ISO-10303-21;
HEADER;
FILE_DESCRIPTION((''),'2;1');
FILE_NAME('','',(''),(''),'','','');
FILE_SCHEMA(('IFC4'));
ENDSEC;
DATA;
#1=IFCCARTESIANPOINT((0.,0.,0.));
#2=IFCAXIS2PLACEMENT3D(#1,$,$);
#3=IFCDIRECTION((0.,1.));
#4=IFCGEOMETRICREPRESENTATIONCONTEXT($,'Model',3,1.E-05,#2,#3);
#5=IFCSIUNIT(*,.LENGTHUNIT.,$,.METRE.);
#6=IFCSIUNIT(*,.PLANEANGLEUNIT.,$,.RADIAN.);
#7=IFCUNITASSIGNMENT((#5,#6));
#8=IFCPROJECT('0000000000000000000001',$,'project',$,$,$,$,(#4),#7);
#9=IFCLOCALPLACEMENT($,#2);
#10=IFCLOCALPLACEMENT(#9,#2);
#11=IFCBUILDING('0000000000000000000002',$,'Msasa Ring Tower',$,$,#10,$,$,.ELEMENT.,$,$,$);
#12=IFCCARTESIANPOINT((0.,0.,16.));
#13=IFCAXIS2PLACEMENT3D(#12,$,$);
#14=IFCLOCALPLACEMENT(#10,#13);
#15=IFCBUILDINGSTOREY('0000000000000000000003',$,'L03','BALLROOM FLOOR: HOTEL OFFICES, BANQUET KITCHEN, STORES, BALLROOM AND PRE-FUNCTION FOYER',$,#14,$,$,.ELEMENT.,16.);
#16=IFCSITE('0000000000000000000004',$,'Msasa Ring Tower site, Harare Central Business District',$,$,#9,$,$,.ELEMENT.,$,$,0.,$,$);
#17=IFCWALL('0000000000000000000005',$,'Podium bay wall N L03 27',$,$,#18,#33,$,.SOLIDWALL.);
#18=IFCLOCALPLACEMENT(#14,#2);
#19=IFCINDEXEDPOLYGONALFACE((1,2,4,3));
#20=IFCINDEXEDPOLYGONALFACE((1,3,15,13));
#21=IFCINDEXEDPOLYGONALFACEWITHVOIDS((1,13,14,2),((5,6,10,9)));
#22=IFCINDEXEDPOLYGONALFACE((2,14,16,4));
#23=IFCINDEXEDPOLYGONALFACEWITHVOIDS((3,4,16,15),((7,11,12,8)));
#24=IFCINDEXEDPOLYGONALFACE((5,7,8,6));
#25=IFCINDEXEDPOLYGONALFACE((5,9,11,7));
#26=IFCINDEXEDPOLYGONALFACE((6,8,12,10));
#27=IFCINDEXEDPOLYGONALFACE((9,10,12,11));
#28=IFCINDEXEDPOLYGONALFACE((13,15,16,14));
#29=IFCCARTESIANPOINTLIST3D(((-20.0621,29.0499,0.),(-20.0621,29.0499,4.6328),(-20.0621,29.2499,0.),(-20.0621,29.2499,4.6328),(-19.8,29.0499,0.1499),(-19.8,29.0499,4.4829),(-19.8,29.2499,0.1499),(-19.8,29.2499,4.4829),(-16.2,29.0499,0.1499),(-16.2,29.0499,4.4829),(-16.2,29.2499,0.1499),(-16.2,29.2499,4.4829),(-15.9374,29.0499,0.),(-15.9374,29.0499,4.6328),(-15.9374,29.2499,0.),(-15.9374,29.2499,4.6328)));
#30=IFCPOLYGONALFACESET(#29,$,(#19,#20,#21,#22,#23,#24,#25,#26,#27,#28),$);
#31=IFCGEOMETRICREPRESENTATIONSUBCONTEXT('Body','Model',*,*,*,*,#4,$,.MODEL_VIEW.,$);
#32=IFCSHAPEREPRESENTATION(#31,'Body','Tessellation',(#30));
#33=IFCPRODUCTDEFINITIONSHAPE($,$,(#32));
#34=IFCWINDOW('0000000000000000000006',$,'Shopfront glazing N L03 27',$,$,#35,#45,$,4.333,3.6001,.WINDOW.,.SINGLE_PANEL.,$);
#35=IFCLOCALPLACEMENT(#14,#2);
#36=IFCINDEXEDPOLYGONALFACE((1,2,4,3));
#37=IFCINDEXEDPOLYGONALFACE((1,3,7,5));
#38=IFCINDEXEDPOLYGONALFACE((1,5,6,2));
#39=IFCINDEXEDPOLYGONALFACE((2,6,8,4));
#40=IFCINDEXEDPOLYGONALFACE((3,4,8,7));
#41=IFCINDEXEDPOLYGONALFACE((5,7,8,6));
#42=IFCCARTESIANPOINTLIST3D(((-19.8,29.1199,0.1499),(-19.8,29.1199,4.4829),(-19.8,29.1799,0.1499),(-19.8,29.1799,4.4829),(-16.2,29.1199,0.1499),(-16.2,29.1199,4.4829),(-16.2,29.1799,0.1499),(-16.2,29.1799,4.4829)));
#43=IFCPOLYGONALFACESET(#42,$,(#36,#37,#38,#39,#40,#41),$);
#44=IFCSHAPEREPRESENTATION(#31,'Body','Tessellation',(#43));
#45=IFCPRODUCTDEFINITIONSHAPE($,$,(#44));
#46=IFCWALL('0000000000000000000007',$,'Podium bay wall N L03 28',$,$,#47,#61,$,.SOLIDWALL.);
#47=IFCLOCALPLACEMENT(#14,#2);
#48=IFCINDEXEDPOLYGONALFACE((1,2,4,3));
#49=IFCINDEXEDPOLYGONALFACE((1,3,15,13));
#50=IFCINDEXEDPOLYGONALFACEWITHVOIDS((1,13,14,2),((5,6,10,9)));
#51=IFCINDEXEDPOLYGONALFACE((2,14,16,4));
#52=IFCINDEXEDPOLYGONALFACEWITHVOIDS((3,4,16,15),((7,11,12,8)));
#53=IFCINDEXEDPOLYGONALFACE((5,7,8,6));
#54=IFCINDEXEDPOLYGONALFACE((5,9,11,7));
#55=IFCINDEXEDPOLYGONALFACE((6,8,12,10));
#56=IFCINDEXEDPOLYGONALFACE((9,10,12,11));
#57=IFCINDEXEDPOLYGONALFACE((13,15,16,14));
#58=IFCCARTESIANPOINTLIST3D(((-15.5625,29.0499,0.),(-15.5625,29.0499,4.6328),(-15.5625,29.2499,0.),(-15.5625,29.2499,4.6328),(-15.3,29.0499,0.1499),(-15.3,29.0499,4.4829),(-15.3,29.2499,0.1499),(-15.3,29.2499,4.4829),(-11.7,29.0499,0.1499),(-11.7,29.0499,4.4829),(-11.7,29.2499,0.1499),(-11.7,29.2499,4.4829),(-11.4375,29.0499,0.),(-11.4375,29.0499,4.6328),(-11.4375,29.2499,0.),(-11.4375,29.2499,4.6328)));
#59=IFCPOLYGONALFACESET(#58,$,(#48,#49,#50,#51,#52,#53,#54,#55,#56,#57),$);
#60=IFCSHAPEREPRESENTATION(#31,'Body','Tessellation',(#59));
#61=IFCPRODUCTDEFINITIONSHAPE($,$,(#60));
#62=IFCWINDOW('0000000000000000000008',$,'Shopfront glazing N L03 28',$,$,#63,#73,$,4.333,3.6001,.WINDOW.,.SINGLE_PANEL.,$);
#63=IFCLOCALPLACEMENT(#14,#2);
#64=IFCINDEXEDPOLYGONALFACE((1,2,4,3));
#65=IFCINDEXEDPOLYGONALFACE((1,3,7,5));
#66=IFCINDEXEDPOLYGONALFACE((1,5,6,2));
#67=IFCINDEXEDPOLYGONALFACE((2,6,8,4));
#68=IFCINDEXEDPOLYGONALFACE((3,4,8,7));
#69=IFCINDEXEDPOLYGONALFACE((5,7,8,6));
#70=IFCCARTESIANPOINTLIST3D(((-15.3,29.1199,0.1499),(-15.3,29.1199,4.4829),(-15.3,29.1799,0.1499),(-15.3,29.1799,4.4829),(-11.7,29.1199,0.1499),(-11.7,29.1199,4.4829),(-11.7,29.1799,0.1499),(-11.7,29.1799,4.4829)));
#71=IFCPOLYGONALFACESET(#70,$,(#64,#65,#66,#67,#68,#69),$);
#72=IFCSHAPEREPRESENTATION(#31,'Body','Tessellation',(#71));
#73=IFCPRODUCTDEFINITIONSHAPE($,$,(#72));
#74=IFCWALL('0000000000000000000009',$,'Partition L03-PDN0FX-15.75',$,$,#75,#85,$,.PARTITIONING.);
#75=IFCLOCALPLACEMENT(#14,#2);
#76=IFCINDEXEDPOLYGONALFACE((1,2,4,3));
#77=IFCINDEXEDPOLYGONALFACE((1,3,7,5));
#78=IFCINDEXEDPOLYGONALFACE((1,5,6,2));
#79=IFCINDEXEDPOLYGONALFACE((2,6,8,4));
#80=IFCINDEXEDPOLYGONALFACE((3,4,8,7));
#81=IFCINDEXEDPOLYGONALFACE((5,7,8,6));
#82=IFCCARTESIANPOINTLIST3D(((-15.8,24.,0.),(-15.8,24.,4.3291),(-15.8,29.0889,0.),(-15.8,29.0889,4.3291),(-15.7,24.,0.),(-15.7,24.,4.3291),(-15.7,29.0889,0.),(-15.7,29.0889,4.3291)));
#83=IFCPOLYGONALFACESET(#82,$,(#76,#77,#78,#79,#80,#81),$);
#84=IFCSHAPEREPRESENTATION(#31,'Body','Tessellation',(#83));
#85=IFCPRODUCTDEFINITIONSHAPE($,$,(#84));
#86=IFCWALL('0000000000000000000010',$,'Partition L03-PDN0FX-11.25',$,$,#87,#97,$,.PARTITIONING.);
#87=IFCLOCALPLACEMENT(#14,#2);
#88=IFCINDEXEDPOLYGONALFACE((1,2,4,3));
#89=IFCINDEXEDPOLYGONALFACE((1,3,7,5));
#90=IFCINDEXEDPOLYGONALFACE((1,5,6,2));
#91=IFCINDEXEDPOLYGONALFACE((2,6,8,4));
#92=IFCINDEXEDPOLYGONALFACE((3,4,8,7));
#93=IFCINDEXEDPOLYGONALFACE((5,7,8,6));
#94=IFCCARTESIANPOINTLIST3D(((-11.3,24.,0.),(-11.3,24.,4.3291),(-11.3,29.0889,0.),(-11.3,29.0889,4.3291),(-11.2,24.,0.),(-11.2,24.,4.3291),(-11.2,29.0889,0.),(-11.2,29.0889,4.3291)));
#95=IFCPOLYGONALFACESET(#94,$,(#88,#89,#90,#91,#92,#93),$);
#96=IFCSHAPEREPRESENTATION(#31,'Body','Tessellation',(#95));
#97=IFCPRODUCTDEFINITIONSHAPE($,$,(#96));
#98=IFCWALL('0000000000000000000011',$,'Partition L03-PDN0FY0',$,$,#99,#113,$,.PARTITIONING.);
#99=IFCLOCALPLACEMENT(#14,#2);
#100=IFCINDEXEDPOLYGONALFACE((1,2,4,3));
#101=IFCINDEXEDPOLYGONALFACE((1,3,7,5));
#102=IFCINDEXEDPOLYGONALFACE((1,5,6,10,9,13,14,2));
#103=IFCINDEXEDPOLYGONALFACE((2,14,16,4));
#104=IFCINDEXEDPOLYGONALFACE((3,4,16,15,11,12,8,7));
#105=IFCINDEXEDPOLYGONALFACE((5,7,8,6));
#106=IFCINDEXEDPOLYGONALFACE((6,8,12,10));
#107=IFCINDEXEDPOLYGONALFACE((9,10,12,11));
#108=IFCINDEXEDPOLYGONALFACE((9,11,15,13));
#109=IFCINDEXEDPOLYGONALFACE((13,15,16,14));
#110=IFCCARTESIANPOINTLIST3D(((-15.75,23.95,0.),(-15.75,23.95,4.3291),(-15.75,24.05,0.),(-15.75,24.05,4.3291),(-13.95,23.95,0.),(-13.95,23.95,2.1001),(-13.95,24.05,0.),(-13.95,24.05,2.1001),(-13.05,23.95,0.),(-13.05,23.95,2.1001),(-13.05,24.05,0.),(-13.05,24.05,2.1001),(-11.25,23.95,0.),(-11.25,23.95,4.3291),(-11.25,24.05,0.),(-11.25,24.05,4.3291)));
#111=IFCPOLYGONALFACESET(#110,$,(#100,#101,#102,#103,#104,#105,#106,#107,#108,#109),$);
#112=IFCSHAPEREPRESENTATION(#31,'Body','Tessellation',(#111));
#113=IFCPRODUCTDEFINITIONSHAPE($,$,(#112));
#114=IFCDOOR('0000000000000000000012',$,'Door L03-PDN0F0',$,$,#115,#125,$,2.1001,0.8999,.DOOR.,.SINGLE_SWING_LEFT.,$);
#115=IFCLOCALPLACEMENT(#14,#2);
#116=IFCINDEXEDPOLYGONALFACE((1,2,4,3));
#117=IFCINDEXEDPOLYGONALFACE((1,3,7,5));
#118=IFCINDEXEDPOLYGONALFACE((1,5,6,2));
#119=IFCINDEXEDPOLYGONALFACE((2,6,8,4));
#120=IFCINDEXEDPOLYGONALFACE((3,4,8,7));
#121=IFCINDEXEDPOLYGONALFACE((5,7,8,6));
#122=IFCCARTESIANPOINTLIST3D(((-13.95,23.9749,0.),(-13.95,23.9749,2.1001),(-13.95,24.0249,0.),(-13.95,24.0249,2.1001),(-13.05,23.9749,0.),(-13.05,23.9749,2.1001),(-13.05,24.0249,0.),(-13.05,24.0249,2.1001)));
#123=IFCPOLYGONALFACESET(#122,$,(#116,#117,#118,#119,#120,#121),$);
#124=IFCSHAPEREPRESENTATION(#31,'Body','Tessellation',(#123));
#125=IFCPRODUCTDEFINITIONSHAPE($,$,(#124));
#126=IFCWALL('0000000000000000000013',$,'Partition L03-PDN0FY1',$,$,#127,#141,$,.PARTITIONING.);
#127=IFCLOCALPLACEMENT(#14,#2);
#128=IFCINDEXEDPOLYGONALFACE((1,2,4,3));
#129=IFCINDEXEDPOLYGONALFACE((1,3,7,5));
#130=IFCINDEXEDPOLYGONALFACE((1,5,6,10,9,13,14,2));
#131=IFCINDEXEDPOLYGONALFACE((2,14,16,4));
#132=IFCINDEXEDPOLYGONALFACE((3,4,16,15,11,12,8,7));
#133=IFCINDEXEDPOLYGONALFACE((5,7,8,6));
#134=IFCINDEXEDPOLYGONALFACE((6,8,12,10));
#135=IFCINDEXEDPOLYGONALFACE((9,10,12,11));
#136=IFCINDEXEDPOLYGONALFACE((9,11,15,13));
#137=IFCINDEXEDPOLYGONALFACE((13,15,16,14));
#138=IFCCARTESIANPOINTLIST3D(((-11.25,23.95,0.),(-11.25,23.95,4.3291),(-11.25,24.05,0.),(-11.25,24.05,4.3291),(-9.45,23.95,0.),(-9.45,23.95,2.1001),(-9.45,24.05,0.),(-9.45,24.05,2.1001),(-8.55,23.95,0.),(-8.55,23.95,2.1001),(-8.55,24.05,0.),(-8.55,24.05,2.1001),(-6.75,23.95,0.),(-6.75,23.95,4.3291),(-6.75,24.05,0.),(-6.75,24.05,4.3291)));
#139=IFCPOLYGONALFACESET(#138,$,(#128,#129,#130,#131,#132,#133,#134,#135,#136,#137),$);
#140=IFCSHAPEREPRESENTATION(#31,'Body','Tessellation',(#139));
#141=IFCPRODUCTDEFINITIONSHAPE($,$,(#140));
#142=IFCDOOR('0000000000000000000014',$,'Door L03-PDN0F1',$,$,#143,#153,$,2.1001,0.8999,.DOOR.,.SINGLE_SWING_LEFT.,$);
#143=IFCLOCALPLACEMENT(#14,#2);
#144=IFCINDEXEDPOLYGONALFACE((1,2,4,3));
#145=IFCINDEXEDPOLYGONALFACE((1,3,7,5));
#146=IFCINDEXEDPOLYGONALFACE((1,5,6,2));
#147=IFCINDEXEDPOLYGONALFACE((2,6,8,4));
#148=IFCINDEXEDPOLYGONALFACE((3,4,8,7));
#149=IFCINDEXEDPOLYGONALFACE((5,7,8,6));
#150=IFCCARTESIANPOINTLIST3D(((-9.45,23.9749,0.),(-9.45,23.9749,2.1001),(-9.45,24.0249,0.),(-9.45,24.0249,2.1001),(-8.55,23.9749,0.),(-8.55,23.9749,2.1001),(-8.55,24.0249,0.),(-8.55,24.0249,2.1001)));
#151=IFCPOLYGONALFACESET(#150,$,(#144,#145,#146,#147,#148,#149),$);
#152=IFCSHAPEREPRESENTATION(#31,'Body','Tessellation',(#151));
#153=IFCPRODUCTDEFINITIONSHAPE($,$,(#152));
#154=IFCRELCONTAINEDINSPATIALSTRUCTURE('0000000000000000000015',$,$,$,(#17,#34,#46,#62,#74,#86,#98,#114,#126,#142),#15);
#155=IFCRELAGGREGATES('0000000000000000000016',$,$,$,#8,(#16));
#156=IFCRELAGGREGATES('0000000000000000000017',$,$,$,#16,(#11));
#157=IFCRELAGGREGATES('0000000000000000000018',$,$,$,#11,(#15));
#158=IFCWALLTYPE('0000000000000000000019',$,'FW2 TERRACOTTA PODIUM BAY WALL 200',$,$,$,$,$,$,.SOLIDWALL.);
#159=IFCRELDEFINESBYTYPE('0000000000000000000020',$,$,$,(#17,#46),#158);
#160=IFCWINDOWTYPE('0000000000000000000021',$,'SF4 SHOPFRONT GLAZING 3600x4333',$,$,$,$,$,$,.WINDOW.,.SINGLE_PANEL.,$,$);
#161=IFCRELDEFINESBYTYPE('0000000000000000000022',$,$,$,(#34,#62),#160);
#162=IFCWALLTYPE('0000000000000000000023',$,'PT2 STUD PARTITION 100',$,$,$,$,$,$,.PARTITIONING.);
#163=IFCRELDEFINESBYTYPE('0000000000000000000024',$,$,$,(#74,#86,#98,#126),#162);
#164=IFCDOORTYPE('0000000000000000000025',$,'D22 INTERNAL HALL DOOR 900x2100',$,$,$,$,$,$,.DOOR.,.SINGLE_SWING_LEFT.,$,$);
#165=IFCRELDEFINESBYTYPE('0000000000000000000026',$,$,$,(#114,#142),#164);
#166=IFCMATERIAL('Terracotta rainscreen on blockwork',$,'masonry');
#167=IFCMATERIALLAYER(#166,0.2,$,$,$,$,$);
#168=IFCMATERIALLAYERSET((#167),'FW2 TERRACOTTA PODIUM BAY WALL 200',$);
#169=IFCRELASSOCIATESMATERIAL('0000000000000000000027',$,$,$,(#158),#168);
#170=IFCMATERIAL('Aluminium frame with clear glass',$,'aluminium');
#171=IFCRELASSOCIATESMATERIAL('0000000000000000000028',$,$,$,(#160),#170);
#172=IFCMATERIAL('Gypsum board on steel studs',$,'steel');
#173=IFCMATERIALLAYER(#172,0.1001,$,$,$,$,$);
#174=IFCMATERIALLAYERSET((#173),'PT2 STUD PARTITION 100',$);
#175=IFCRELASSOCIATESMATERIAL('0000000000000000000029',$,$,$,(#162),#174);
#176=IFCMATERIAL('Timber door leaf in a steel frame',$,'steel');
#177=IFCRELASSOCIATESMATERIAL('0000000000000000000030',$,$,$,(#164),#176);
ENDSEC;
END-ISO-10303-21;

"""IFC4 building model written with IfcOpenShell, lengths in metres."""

from ifc_helpers import new_model, si_unit, direction, frame, frame_2d, origin, place, context, subcontext, project, spatial, rectangle, extrude, material, layer, layer_set, type_object, element, fill, save


model = new_model("IFC4")

# Units and contexts
model_context = context("Model", 3, precision=1e-05, world=origin(), true_north=direction((0.0, 1.0)))
body_context = subcontext(model_context, "Body", "Model", "MODEL_VIEW")
ifc_project = project(units=[si_unit("LENGTHUNIT", "METRE"), si_unit("PLANEANGLEUNIT", "RADIAN")], contexts=[model_context])

# Site, building, storey
site_placement = place(None, origin())
site = spatial("IfcSite", under=ifc_project, at=site_placement, Name="Msasa Ring Tower site, Harare Central Business District", CompositionType="ELEMENT", RefElevation=0.0)
building_placement = place(site_placement, origin())
building = spatial("IfcBuilding", under=site, at=building_placement, Name="Msasa Ring Tower", CompositionType="ELEMENT")
storey_placement = place(building_placement, frame((0.0, 0.0, 16.0)))
storey = spatial("IfcBuildingStorey", under=building, at=storey_placement, Name="L03", Description="BALLROOM FLOOR: HOTEL OFFICES, BANQUET KITCHEN, STORES, BALLROOM AND PRE-FUNCTION FOYER", CompositionType="ELEMENT", Elevation=16.0)

# Walls, openings, windows
ifc_material_1 = material(Name="Terracotta rainscreen on blockwork", Category="masonry")
ifc_layer_1 = layer(ifc_material_1, 0.2)
ifc_layer_set_1 = layer_set([ifc_layer_1], Name="FW2 TERRACOTTA PODIUM BAY WALL 200")
wall_type_1 = type_object("IfcWallType", Name="FW2 TERRACOTTA PODIUM BAY WALL 200", PredefinedType="SOLIDWALL", material=ifc_layer_set_1)
wall_1_placement = place(storey_placement, frame((-20.0623, 29.1499, 0.0), z_axis=(0.0, 0.0, 1.0), x_axis=(1.0, 0.0, 0.0)))
wall_1 = element("IfcWall", 1, at=wall_1_placement, inside=storey, type_object=wall_type_1, Name="Podium bay wall N L03 27", PredefinedType="SOLIDWALL", context=body_context, shape_type="SweptSolid", body=[
    extrude(rectangle(XDim=4.1248, YDim=0.2, at=frame_2d((2.0625, 0.0))), origin(), (0.0, 0.0, 1.0), 4.6328),
])
opening_1_placement = place(wall_1_placement, frame((0.2622, 0.0, 0.1499)))
opening_1 = element("IfcOpeningElement", 2, at=opening_1_placement, cuts=wall_1, PredefinedType="OPENING", context=body_context, shape_type="SweptSolid", body=[
    extrude(rectangle(XDim=3.6001, YDim=4.333, at=frame_2d((1.8, 2.1665))), frame((0.0, 0.1099, 0.0), z_axis=(0.0, -1.0, 0.0), x_axis=(1.0, 0.0, 0.0)), (0.0, 0.0, 1.0), 0.22),
])
ifc_material_2 = material(Name="Aluminium frame with clear glass", Category="aluminium")
window_type = type_object("IfcWindowType", Name="SF4 SHOPFRONT GLAZING 3600x4333", PartitioningType="SINGLE_PANEL", PredefinedType="WINDOW", material=ifc_material_2)
window_1_placement = place(opening_1_placement, origin())
window_1 = element("IfcWindow", 3, at=window_1_placement, inside=storey, type_object=window_type, Name="Shopfront glazing N L03 27", OverallHeight=4.333, OverallWidth=3.6001, PartitioningType="SINGLE_PANEL", PredefinedType="WINDOW", context=body_context, shape_type="SweptSolid", body=[
    extrude(rectangle(XDim=3.6001, YDim=4.333, at=frame_2d((1.8, 2.1665))), frame((0.0, 0.03, 0.0), z_axis=(0.0, -1.0, 0.0), x_axis=(1.0, 0.0, 0.0)), (0.0, 0.0, 1.0), 0.0601),
])
fill(opening_1, window_1)
wall_2_placement = place(storey_placement, frame((-15.5625, 29.1499, 0.0), z_axis=(0.0, 0.0, 1.0), x_axis=(1.0, 0.0, 0.0)))
wall_2 = element("IfcWall", 4, at=wall_2_placement, inside=storey, type_object=wall_type_1, Name="Podium bay wall N L03 28", PredefinedType="SOLIDWALL", context=body_context, shape_type="SweptSolid", body=[
    extrude(rectangle(XDim=4.125, YDim=0.2, at=frame_2d((2.0625, 0.0))), origin(), (0.0, 0.0, 1.0), 4.6328),
])
opening_2_placement = place(wall_2_placement, frame((0.2625, 0.0, 0.1499)))
opening_2 = element("IfcOpeningElement", 5, at=opening_2_placement, cuts=wall_2, PredefinedType="OPENING", context=body_context, shape_type="SweptSolid", body=[
    extrude(rectangle(XDim=3.6001, YDim=4.333, at=frame_2d((1.8, 2.1665))), frame((0.0, 0.1099, 0.0), z_axis=(0.0, -1.0, 0.0), x_axis=(1.0, 0.0, 0.0)), (0.0, 0.0, 1.0), 0.22),
])
window_2_placement = place(opening_2_placement, origin())
window_2 = element("IfcWindow", 6, at=window_2_placement, inside=storey, type_object=window_type, Name="Shopfront glazing N L03 28", OverallHeight=4.333, OverallWidth=3.6001, PartitioningType="SINGLE_PANEL", PredefinedType="WINDOW", context=body_context, shape_type="SweptSolid", body=[
    extrude(rectangle(XDim=3.6001, YDim=4.333, at=frame_2d((1.8, 2.1665))), frame((0.0, 0.03, 0.0), z_axis=(0.0, -1.0, 0.0), x_axis=(1.0, 0.0, 0.0)), (0.0, 0.0, 1.0), 0.0601),
])
fill(opening_2, window_2)

# Walls
ifc_material_3 = material(Name="Gypsum board on steel studs", Category="steel")
ifc_layer_2 = layer(ifc_material_3, 0.1001)
ifc_layer_set_2 = layer_set([ifc_layer_2], Name="PT2 STUD PARTITION 100")
wall_type_2 = type_object("IfcWallType", Name="PT2 STUD PARTITION 100", PredefinedType="PARTITIONING", material=ifc_layer_set_2)
for number, where, z_axis, x_axis, name in (
    (7, (-15.75, 24.0, 0.0), (0.0, 0.0, 1.0), (0.0, 1.0, 0.0), "Partition L03-PDN0FX-15.75"),
    (8, (-11.25, 24.0, 0.0), (0.0, 0.0, 1.0), (0.0, 1.0, 0.0), "Partition L03-PDN0FX-11.25"),
):
    element("IfcWall", number, at=place(storey_placement, frame(where, z_axis=z_axis, x_axis=x_axis)), inside=storey, type_object=wall_type_2, Name=name, PredefinedType="PARTITIONING", context=body_context, shape_type="SweptSolid", body=[
        extrude(rectangle(XDim=5.0889, YDim=0.1001, at=frame_2d((2.5444, 0.0))), origin(), (0.0, 0.0, 1.0), 4.3291),
    ])

# Walls, openings, doors
wall_3_placement = place(storey_placement, frame((-15.75, 24.0, 0.0), z_axis=(0.0, 0.0, 1.0), x_axis=(1.0, 0.0, 0.0)))
wall_3 = element("IfcWall", 9, at=wall_3_placement, inside=storey, type_object=wall_type_2, Name="Partition L03-PDN0FY0", PredefinedType="PARTITIONING", context=body_context, shape_type="SweptSolid", body=[
    extrude(rectangle(XDim=4.5, YDim=0.1001, at=frame_2d((2.25, 0.0))), origin(), (0.0, 0.0, 1.0), 4.3291),
])
opening_3_placement = place(wall_3_placement, frame((1.8, 0.0, 0.0)))
opening_3 = element("IfcOpeningElement", 10, at=opening_3_placement, cuts=wall_3, PredefinedType="OPENING", context=body_context, shape_type="SweptSolid", body=[
    extrude(rectangle(XDim=0.8999, YDim=2.1001, at=frame_2d((0.45, 1.05))), frame((0.0, 0.0601, 0.0), z_axis=(0.0, -1.0, 0.0), x_axis=(1.0, 0.0, 0.0)), (0.0, 0.0, 1.0), 0.1201),
])
ifc_material_4 = material(Name="Timber door leaf in a steel frame", Category="steel")
door_type = type_object("IfcDoorType", Name="D22 INTERNAL HALL DOOR 900x2100", OperationType="SINGLE_SWING_LEFT", PredefinedType="DOOR", material=ifc_material_4)
door_1_placement = place(opening_3_placement, origin())
door_1 = element("IfcDoor", 11, at=door_1_placement, inside=storey, type_object=door_type, Name="Door L03-PDN0F0", OperationType="SINGLE_SWING_LEFT", OverallHeight=2.1001, OverallWidth=0.8999, PredefinedType="DOOR", context=body_context, shape_type="SweptSolid", body=[
    extrude(rectangle(XDim=0.8999, YDim=2.1001, at=frame_2d((0.45, 1.05))), frame((0.0, 0.0249, 0.0), z_axis=(0.0, -1.0, 0.0), x_axis=(1.0, 0.0, 0.0)), (0.0, 0.0, 1.0), 0.05),
])
fill(opening_3, door_1)
wall_4_placement = place(storey_placement, frame((-11.25, 24.0, 0.0), z_axis=(0.0, 0.0, 1.0), x_axis=(1.0, 0.0, 0.0)))
wall_4 = element("IfcWall", 12, at=wall_4_placement, inside=storey, type_object=wall_type_2, Name="Partition L03-PDN0FY1", PredefinedType="PARTITIONING", context=body_context, shape_type="SweptSolid", body=[
    extrude(rectangle(XDim=4.5, YDim=0.1001, at=frame_2d((2.25, 0.0))), origin(), (0.0, 0.0, 1.0), 4.3291),
])
opening_4_placement = place(wall_4_placement, frame((1.8, 0.0, 0.0)))
opening_4 = element("IfcOpeningElement", 13, at=opening_4_placement, cuts=wall_4, PredefinedType="OPENING", context=body_context, shape_type="SweptSolid", body=[
    extrude(rectangle(XDim=0.8999, YDim=2.1001, at=frame_2d((0.45, 1.05))), frame((0.0, 0.0601, 0.0), z_axis=(0.0, -1.0, 0.0), x_axis=(1.0, 0.0, 0.0)), (0.0, 0.0, 1.0), 0.1201),
])
door_2_placement = place(opening_4_placement, origin())
door_2 = element("IfcDoor", 14, at=door_2_placement, inside=storey, type_object=door_type, Name="Door L03-PDN0F1", OperationType="SINGLE_SWING_LEFT", OverallHeight=2.1001, OverallWidth=0.8999, PredefinedType="DOOR", context=body_context, shape_type="SweptSolid", body=[
    extrude(rectangle(XDim=0.8999, YDim=2.1001, at=frame_2d((0.45, 1.05))), frame((0.0, 0.0249, 0.0), z_axis=(0.0, -1.0, 0.0), x_axis=(1.0, 0.0, 0.0)), (0.0, 0.0, 1.0), 0.05),
])
fill(opening_4, door_2)

save(model, "model.ifc")
